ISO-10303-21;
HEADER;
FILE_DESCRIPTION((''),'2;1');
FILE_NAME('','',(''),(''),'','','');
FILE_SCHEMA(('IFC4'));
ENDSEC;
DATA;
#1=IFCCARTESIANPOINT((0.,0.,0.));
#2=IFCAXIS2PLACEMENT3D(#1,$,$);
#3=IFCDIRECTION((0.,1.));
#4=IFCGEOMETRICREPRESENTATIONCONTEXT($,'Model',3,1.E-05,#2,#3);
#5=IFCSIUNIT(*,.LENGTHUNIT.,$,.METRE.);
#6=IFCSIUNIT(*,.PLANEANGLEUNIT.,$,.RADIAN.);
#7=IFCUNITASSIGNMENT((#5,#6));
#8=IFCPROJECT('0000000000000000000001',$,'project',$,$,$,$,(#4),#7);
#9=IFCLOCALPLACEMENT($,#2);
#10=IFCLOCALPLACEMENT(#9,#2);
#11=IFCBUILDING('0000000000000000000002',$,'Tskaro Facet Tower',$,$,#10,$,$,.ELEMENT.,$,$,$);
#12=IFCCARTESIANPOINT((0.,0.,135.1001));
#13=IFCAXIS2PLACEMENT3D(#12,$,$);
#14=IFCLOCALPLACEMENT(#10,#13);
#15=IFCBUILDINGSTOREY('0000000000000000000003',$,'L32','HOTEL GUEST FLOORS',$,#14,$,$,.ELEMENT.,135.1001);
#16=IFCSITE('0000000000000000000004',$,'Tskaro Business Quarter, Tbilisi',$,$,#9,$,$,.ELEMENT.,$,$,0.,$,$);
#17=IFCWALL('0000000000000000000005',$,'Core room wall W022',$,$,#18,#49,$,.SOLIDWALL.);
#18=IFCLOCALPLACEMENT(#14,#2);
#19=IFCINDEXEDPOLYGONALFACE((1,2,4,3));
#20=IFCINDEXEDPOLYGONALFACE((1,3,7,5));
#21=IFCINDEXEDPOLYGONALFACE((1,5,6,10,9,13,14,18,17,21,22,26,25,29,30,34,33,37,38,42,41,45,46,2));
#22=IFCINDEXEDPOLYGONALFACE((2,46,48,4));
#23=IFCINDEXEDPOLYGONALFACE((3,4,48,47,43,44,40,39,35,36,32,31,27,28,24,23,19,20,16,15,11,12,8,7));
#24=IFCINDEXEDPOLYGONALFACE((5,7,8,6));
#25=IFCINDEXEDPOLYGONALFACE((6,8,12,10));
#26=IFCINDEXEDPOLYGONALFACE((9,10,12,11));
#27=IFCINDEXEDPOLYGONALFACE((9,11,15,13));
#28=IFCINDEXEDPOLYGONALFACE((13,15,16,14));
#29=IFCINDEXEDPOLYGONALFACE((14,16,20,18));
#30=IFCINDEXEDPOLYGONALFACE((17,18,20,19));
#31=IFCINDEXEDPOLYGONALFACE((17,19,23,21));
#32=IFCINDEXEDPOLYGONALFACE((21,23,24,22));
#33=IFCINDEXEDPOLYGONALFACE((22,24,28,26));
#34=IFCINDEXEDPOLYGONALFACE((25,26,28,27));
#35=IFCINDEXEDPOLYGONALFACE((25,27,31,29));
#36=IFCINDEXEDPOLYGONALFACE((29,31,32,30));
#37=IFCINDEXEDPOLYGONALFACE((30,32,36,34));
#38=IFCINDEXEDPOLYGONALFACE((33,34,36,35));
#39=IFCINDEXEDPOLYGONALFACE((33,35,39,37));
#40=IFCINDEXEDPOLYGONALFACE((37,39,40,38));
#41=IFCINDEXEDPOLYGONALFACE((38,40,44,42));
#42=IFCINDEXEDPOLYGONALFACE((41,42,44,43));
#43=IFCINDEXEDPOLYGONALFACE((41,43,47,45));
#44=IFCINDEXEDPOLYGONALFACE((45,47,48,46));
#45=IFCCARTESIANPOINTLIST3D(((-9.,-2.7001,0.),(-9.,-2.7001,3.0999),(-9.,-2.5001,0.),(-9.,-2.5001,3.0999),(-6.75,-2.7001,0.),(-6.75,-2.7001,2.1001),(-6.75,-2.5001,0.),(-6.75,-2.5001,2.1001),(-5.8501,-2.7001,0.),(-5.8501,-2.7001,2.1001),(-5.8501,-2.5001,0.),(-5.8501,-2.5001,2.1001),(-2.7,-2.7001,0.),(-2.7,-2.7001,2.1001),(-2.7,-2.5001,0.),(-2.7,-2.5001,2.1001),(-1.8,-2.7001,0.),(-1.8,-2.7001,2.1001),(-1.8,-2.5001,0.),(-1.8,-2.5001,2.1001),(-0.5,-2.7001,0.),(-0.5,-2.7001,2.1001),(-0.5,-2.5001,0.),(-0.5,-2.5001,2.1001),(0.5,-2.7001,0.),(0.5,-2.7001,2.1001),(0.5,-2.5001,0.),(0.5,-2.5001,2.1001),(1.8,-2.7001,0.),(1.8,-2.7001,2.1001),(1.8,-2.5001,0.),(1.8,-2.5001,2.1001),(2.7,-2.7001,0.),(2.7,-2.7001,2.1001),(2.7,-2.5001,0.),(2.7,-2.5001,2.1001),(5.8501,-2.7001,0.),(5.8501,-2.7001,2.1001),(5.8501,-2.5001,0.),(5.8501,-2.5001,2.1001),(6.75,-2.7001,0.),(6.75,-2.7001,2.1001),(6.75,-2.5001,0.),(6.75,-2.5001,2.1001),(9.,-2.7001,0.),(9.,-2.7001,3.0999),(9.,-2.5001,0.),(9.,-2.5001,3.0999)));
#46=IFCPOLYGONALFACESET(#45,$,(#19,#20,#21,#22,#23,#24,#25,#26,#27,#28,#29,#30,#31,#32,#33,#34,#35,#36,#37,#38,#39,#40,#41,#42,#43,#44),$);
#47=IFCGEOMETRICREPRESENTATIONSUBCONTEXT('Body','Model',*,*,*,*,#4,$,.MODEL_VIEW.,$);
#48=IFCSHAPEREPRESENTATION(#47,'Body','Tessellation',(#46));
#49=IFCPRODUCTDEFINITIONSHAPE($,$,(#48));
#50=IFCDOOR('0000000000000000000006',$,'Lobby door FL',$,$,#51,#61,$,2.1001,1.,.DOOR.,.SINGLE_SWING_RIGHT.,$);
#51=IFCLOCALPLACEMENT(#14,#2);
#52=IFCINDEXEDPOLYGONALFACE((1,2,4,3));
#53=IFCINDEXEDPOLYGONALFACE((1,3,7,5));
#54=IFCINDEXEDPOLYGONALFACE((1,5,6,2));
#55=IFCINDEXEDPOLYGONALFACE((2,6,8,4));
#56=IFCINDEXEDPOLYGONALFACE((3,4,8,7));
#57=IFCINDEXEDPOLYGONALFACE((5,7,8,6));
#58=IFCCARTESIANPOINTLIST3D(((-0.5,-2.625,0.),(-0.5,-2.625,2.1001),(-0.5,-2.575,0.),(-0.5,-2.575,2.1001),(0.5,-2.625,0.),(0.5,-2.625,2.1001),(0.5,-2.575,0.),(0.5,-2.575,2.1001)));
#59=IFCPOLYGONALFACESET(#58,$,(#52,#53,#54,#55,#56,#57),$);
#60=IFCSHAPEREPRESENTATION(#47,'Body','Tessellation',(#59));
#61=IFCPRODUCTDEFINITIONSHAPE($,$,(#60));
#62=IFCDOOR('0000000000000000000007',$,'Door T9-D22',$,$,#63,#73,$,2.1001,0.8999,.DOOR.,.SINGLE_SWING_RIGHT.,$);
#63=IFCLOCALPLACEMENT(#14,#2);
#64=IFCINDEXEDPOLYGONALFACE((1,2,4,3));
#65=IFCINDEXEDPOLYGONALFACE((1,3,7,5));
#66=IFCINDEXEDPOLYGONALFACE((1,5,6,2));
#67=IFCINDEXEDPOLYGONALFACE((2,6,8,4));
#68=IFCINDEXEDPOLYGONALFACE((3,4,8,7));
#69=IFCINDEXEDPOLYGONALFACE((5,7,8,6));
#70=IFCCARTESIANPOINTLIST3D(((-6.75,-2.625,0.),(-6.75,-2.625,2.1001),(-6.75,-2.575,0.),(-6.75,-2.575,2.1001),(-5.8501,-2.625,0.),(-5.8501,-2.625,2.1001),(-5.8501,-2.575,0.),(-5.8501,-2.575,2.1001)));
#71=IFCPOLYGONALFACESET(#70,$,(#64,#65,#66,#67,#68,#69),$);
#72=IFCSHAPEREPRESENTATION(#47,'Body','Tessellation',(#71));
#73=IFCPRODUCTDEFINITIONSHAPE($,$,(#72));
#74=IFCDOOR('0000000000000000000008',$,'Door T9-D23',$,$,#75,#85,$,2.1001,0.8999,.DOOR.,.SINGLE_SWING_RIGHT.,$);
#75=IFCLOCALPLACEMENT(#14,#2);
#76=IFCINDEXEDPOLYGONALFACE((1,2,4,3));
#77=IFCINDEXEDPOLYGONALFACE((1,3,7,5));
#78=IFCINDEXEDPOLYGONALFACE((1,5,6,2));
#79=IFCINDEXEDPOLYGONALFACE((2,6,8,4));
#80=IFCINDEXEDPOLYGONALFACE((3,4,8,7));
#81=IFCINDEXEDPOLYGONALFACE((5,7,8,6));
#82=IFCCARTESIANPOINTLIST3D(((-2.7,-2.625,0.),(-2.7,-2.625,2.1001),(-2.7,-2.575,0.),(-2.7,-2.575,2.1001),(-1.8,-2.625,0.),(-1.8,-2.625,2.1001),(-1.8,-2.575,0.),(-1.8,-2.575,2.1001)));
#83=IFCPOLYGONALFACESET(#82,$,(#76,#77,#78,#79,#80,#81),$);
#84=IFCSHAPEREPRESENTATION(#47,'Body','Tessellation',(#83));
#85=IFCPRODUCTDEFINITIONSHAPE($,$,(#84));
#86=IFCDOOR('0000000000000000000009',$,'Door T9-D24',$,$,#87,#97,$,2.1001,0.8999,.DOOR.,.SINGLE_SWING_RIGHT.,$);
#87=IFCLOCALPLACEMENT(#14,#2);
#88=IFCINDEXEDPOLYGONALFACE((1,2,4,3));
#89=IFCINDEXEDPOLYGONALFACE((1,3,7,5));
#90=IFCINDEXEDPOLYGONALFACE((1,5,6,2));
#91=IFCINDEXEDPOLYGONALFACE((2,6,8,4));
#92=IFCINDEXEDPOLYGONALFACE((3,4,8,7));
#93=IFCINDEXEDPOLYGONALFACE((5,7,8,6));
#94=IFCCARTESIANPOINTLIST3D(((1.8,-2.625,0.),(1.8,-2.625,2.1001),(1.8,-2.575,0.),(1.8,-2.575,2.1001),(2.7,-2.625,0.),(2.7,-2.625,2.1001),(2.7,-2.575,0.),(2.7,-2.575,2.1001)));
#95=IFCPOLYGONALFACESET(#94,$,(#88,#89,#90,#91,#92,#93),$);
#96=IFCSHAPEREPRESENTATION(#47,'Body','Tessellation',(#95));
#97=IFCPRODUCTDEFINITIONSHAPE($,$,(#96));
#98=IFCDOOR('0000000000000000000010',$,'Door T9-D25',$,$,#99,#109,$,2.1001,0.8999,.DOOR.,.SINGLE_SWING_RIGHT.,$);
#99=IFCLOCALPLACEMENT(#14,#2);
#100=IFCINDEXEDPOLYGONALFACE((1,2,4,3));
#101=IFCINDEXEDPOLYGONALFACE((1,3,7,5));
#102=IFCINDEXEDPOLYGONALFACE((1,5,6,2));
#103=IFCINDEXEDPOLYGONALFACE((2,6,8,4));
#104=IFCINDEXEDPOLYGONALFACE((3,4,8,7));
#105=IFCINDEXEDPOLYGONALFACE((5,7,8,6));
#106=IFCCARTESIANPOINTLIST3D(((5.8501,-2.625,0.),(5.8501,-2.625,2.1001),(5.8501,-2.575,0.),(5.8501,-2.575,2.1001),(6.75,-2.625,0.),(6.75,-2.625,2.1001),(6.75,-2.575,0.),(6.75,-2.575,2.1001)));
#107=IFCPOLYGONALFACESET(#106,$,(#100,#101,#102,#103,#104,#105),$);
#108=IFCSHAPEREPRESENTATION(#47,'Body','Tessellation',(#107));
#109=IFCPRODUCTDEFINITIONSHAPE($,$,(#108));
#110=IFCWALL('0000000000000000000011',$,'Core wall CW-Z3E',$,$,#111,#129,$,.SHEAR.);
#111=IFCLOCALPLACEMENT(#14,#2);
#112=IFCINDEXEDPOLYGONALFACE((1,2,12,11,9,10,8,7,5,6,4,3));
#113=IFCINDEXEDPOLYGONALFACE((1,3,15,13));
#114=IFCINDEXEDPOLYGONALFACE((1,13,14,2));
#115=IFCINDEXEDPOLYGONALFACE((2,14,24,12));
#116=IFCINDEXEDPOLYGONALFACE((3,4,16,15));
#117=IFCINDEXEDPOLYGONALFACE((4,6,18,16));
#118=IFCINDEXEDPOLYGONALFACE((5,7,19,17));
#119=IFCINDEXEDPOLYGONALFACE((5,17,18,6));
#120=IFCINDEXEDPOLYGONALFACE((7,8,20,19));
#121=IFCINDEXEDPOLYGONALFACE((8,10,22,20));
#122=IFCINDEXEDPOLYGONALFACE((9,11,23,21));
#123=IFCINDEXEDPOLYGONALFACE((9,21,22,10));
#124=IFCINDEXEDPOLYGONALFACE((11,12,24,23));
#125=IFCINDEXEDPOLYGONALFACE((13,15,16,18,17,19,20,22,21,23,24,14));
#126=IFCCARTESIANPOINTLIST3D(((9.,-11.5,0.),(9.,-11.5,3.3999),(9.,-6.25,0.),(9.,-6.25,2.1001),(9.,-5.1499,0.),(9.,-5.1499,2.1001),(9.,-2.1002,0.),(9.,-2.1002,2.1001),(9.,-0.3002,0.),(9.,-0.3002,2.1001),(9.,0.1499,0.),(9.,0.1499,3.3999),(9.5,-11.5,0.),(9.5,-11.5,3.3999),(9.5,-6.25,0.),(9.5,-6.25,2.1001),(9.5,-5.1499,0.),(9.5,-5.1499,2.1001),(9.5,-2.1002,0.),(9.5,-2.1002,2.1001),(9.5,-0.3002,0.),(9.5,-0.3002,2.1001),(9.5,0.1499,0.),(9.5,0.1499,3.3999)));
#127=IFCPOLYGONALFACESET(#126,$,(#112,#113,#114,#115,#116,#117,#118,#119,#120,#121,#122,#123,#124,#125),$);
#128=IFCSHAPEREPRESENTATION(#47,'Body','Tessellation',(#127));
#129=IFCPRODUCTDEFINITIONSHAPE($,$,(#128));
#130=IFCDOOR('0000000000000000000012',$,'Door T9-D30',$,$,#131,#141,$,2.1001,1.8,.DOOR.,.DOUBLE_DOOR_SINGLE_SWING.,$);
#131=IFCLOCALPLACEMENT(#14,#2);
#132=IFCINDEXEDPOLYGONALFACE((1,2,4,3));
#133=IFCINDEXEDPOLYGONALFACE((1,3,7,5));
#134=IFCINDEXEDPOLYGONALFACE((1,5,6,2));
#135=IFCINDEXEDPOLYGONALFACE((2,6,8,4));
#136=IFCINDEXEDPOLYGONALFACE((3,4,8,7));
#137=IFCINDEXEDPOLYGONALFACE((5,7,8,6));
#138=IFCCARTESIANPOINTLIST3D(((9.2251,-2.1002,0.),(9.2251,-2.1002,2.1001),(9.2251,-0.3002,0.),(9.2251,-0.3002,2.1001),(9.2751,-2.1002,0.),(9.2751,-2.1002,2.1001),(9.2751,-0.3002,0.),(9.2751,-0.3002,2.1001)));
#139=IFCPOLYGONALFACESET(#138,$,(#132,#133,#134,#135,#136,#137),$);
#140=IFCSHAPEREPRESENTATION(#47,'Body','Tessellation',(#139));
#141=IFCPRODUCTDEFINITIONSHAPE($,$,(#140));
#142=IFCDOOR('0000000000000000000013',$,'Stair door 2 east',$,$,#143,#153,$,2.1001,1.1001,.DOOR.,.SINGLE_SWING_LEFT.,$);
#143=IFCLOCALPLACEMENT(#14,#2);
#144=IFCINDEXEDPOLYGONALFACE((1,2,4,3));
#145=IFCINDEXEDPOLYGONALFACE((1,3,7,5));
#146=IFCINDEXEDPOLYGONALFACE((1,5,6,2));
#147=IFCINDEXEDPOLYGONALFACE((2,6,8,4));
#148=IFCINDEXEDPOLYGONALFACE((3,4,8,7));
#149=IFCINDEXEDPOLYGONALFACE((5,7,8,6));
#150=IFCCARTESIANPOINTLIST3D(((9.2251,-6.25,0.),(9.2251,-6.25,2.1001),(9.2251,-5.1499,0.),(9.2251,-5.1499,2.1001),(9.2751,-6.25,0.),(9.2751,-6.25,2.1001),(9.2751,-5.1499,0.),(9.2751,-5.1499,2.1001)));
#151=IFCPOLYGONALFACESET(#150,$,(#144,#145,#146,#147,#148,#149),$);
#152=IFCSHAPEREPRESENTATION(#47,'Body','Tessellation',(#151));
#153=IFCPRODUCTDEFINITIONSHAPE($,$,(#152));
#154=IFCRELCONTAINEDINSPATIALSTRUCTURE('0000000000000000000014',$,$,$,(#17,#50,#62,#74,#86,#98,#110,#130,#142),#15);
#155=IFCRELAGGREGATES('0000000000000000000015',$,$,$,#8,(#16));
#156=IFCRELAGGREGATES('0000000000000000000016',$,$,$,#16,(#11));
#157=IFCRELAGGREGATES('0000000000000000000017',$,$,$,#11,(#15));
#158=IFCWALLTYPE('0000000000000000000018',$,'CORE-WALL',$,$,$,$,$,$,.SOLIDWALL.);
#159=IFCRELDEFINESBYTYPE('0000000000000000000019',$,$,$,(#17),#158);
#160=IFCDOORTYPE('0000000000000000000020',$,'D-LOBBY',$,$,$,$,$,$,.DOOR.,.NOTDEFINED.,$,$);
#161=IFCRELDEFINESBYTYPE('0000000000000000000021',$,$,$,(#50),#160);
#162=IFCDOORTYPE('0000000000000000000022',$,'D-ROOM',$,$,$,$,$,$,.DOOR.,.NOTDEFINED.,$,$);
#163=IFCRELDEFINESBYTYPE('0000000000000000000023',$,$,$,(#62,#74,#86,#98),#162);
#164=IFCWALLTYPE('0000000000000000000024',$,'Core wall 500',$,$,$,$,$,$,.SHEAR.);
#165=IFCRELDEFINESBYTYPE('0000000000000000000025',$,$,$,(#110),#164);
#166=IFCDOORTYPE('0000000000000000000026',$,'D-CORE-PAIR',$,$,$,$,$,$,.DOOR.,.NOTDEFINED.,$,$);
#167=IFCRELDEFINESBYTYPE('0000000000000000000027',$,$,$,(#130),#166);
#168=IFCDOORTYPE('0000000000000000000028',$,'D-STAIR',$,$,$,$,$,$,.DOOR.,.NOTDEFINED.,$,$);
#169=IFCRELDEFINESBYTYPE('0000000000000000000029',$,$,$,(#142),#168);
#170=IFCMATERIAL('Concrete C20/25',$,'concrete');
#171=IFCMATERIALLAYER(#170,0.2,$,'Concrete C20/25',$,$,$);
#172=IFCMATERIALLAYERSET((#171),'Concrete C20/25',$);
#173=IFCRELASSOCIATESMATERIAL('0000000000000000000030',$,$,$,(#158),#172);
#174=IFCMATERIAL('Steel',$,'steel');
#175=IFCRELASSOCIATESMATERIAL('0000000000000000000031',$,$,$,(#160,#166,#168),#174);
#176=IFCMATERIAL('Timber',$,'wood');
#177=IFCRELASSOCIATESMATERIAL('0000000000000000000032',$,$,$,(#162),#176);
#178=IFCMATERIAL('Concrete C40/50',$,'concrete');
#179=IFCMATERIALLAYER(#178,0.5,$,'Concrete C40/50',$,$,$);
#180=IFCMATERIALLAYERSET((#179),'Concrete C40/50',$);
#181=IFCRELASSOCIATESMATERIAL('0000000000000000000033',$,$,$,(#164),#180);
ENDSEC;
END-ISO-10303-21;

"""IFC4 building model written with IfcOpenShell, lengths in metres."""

from ifc_helpers import new_model, si_unit, direction, frame, frame_2d, origin, place, context, subcontext, project, spatial, rectangle, extrude, material, layer, layer_set, type_object, element, fill, save


model = new_model("IFC4")

# Units and contexts
model_context = context("Model", 3, precision=1e-05, world=origin(), true_north=direction((0.0, 1.0)))
body_context = subcontext(model_context, "Body", "Model", "MODEL_VIEW")
ifc_project = project(units=[si_unit("LENGTHUNIT", "METRE"), si_unit("PLANEANGLEUNIT", "RADIAN")], contexts=[model_context])

# Site, building, storey
site_placement = place(None, origin())
site = spatial("IfcSite", under=ifc_project, at=site_placement, Name="Tskaro Business Quarter, Tbilisi", CompositionType="ELEMENT", RefElevation=0.0)
building_placement = place(site_placement, origin())
building = spatial("IfcBuilding", under=site, at=building_placement, Name="Tskaro Facet Tower", CompositionType="ELEMENT")
storey_placement = place(building_placement, frame((0.0, 0.0, 135.1001)))
storey = spatial("IfcBuildingStorey", under=building, at=storey_placement, Name="L32", Description="HOTEL GUEST FLOORS", CompositionType="ELEMENT", Elevation=135.1001)

# Walls, openings, doors
ifc_material_1 = material(Name="Concrete C20/25", Category="concrete")
ifc_layer_1 = layer(ifc_material_1, 0.2, Name="Concrete C20/25")
ifc_layer_set_1 = layer_set([ifc_layer_1], Name="Concrete C20/25")
wall_type_1 = type_object("IfcWallType", Name="CORE-WALL", PredefinedType="SOLIDWALL", material=ifc_layer_set_1)
wall_1_placement = place(storey_placement, frame((9.0, -2.6001, 0.0), z_axis=(0.0, 0.0, 1.0), x_axis=(-1.0, 0.0, 0.0)))
wall_1 = element("IfcWall", 1, at=wall_1_placement, inside=storey, type_object=wall_type_1, Name="Core room wall W022", PredefinedType="SOLIDWALL", context=body_context, shape_type="SweptSolid", body=[
    extrude(rectangle(XDim=18.0, YDim=0.2, at=frame_2d((9.0, 0.0))), origin(), (0.0, 0.0, 1.0), 3.0999),
])
opening_1_placement = place(wall_1_placement, frame((8.5, 0.0, 0.0)))
opening_1 = element("IfcOpeningElement", 2, at=opening_1_placement, cuts=wall_1, PredefinedType="OPENING", context=body_context, shape_type="SweptSolid", body=[
    extrude(rectangle(XDim=1.0, YDim=2.1001, at=frame_2d((0.5, 1.05))), frame((0.0, 0.1099, 0.0), z_axis=(0.0, -1.0, 0.0), x_axis=(1.0, 0.0, 0.0)), (0.0, 0.0, 1.0), 0.22),
])
opening_2_placement = place(wall_1_placement, frame((14.8501, 0.0, 0.0)))
opening_2 = element("IfcOpeningElement", 3, at=opening_2_placement, cuts=wall_1, PredefinedType="OPENING", context=body_context, shape_type="SweptSolid", body=[
    extrude(rectangle(XDim=0.8999, YDim=2.1001, at=frame_2d((0.45, 1.05))), frame((0.0, 0.1099, 0.0), z_axis=(0.0, -1.0, 0.0), x_axis=(1.0, 0.0, 0.0)), (0.0, 0.0, 1.0), 0.22),
])
opening_3_placement = place(wall_1_placement, frame((10.8, 0.0, 0.0)))
opening_3 = element("IfcOpeningElement", 4, at=opening_3_placement, cuts=wall_1, PredefinedType="OPENING", context=body_context, shape_type="SweptSolid", body=[
    extrude(rectangle(XDim=0.8999, YDim=2.1001, at=frame_2d((0.45, 1.05))), frame((0.0, 0.1099, 0.0), z_axis=(0.0, -1.0, 0.0), x_axis=(1.0, 0.0, 0.0)), (0.0, 0.0, 1.0), 0.22),
])
opening_4_placement = place(wall_1_placement, frame((6.3, 0.0, 0.0)))
opening_4 = element("IfcOpeningElement", 5, at=opening_4_placement, cuts=wall_1, PredefinedType="OPENING", context=body_context, shape_type="SweptSolid", body=[
    extrude(rectangle(XDim=0.8999, YDim=2.1001, at=frame_2d((0.45, 1.05))), frame((0.0, 0.1099, 0.0), z_axis=(0.0, -1.0, 0.0), x_axis=(1.0, 0.0, 0.0)), (0.0, 0.0, 1.0), 0.22),
])
opening_5_placement = place(wall_1_placement, frame((2.25, 0.0, 0.0)))
opening_5 = element("IfcOpeningElement", 6, at=opening_5_placement, cuts=wall_1, PredefinedType="OPENING", context=body_context, shape_type="SweptSolid", body=[
    extrude(rectangle(XDim=0.8999, YDim=2.1001, at=frame_2d((0.45, 1.05))), frame((0.0, 0.1099, 0.0), z_axis=(0.0, -1.0, 0.0), x_axis=(1.0, 0.0, 0.0)), (0.0, 0.0, 1.0), 0.22),
])
ifc_material_2 = material(Name="Steel", Category="steel")
door_type_1 = type_object("IfcDoorType", Name="D-LOBBY", OperationType="NOTDEFINED", PredefinedType="DOOR", material=ifc_material_2)
door_1_placement = place(opening_1_placement, origin())
door_1 = element("IfcDoor", 7, at=door_1_placement, inside=storey, type_object=door_type_1, Name="Lobby door FL", OperationType="SINGLE_SWING_RIGHT", OverallHeight=2.1001, OverallWidth=1.0, PredefinedType="DOOR", context=body_context, shape_type="SweptSolid", body=[
    extrude(rectangle(XDim=1.0, YDim=2.1001, at=frame_2d((0.5, 1.05))), frame((0.0, 0.0249, 0.0), z_axis=(0.0, -1.0, 0.0), x_axis=(1.0, 0.0, 0.0)), (0.0, 0.0, 1.0), 0.05),
])
fill(opening_1, door_1)
ifc_material_3 = material(Name="Timber", Category="wood")
door_type_2 = type_object("IfcDoorType", Name="D-ROOM", OperationType="NOTDEFINED", PredefinedType="DOOR", material=ifc_material_3)
door_2_placement = place(opening_2_placement, origin())
door_2 = element("IfcDoor", 8, at=door_2_placement, inside=storey, type_object=door_type_2, Name="Door T9-D22", OperationType="SINGLE_SWING_RIGHT", OverallHeight=2.1001, OverallWidth=0.8999, PredefinedType="DOOR", context=body_context, shape_type="SweptSolid", body=[
    extrude(rectangle(XDim=0.8999, YDim=2.1001, at=frame_2d((0.45, 1.05))), frame((0.0, 0.0249, 0.0), z_axis=(0.0, -1.0, 0.0), x_axis=(1.0, 0.0, 0.0)), (0.0, 0.0, 1.0), 0.05),
])
fill(opening_2, door_2)
door_3_placement = place(opening_3_placement, origin())
door_3 = element("IfcDoor", 9, at=door_3_placement, inside=storey, type_object=door_type_2, Name="Door T9-D23", OperationType="SINGLE_SWING_RIGHT", OverallHeight=2.1001, OverallWidth=0.8999, PredefinedType="DOOR", context=body_context, shape_type="SweptSolid", body=[
    extrude(rectangle(XDim=0.8999, YDim=2.1001, at=frame_2d((0.45, 1.05))), frame((0.0, 0.0249, 0.0), z_axis=(0.0, -1.0, 0.0), x_axis=(1.0, 0.0, 0.0)), (0.0, 0.0, 1.0), 0.05),
])
fill(opening_3, door_3)
door_4_placement = place(opening_4_placement, origin())
door_4 = element("IfcDoor", 10, at=door_4_placement, inside=storey, type_object=door_type_2, Name="Door T9-D24", OperationType="SINGLE_SWING_RIGHT", OverallHeight=2.1001, OverallWidth=0.8999, PredefinedType="DOOR", context=body_context, shape_type="SweptSolid", body=[
    extrude(rectangle(XDim=0.8999, YDim=2.1001, at=frame_2d((0.45, 1.05))), frame((0.0, 0.0249, 0.0), z_axis=(0.0, -1.0, 0.0), x_axis=(1.0, 0.0, 0.0)), (0.0, 0.0, 1.0), 0.05),
])
fill(opening_4, door_4)
door_5_placement = place(opening_5_placement, origin())
door_5 = element("IfcDoor", 11, at=door_5_placement, inside=storey, type_object=door_type_2, Name="Door T9-D25", OperationType="SINGLE_SWING_RIGHT", OverallHeight=2.1001, OverallWidth=0.8999, PredefinedType="DOOR", context=body_context, shape_type="SweptSolid", body=[
    extrude(rectangle(XDim=0.8999, YDim=2.1001, at=frame_2d((0.45, 1.05))), frame((0.0, 0.0249, 0.0), z_axis=(0.0, -1.0, 0.0), x_axis=(1.0, 0.0, 0.0)), (0.0, 0.0, 1.0), 0.05),
])
fill(opening_5, door_5)
ifc_material_4 = material(Name="Concrete C40/50", Category="concrete")
ifc_layer_2 = layer(ifc_material_4, 0.5, Name="Concrete C40/50")
ifc_layer_set_2 = layer_set([ifc_layer_2], Name="Concrete C40/50")
wall_type_2 = type_object("IfcWallType", Name="Core wall 500", PredefinedType="SHEAR", material=ifc_layer_set_2)
wall_2_placement = place(storey_placement, frame((9.25, -11.5, 0.0), z_axis=(0.0, 0.0, 1.0), x_axis=(0.0, 1.0, 0.0)))
wall_2 = element("IfcWall", 12, at=wall_2_placement, inside=storey, type_object=wall_type_2, Name="Core wall CW-Z3E", PredefinedType="SHEAR", context=body_context, shape_type="SweptSolid", body=[
    extrude(rectangle(XDim=11.6499, YDim=0.5, at=frame_2d((5.825, 0.0))), origin(), (0.0, 0.0, 1.0), 3.3999),
])
opening_6_placement = place(wall_2_placement, frame((9.3999, 0.0, 0.0)))
opening_6 = element("IfcOpeningElement", 13, at=opening_6_placement, cuts=wall_2, PredefinedType="OPENING", context=body_context, shape_type="SweptSolid", body=[
    extrude(rectangle(XDim=1.8, YDim=2.1001, at=frame_2d((0.8999, 1.05))), frame((0.0, 0.26, 0.0), z_axis=(0.0, -1.0, 0.0), x_axis=(1.0, 0.0, 0.0)), (0.0, 0.0, 1.0), 0.52),
])
opening_7_placement = place(wall_2_placement, frame((5.25, 0.0, 0.0)))
opening_7 = element("IfcOpeningElement", 14, at=opening_7_placement, cuts=wall_2, PredefinedType="OPENING", context=body_context, shape_type="SweptSolid", body=[
    extrude(rectangle(XDim=1.1001, YDim=2.1001, at=frame_2d((0.55, 1.05))), frame((0.0, 0.26, 0.0), z_axis=(0.0, -1.0, 0.0), x_axis=(1.0, 0.0, 0.0)), (0.0, 0.0, 1.0), 0.52),
])
door_type_3 = type_object("IfcDoorType", Name="D-CORE-PAIR", OperationType="NOTDEFINED", PredefinedType="DOOR", material=ifc_material_2)
door_6_placement = place(opening_6_placement, origin())
door_6 = element("IfcDoor", 15, at=door_6_placement, inside=storey, type_object=door_type_3, Name="Door T9-D30", OperationType="DOUBLE_DOOR_SINGLE_SWING", OverallHeight=2.1001, OverallWidth=1.8, PredefinedType="DOOR", context=body_context, shape_type="SweptSolid", body=[
    extrude(rectangle(XDim=1.8, YDim=2.1001, at=frame_2d((0.8999, 1.05))), frame((0.0, 0.0249, 0.0), z_axis=(0.0, -1.0, 0.0), x_axis=(1.0, 0.0, 0.0)), (0.0, 0.0, 1.0), 0.05),
])
fill(opening_6, door_6)
door_type_4 = type_object("IfcDoorType", Name="D-STAIR", OperationType="NOTDEFINED", PredefinedType="DOOR", material=ifc_material_2)
door_7_placement = place(opening_7_placement, origin())
door_7 = element("IfcDoor", 16, at=door_7_placement, inside=storey, type_object=door_type_4, Name="Stair door 2 east", OperationType="SINGLE_SWING_LEFT", OverallHeight=2.1001, OverallWidth=1.1001, PredefinedType="DOOR", context=body_context, shape_type="SweptSolid", body=[
    extrude(rectangle(XDim=1.1001, YDim=2.1001, at=frame_2d((0.55, 1.05))), frame((0.0, 0.0249, 0.0), z_axis=(0.0, -1.0, 0.0), x_axis=(1.0, 0.0, 0.0)), (0.0, 0.0, 1.0), 0.05),
])
fill(opening_7, door_7)

save(model, "model.ifc")
